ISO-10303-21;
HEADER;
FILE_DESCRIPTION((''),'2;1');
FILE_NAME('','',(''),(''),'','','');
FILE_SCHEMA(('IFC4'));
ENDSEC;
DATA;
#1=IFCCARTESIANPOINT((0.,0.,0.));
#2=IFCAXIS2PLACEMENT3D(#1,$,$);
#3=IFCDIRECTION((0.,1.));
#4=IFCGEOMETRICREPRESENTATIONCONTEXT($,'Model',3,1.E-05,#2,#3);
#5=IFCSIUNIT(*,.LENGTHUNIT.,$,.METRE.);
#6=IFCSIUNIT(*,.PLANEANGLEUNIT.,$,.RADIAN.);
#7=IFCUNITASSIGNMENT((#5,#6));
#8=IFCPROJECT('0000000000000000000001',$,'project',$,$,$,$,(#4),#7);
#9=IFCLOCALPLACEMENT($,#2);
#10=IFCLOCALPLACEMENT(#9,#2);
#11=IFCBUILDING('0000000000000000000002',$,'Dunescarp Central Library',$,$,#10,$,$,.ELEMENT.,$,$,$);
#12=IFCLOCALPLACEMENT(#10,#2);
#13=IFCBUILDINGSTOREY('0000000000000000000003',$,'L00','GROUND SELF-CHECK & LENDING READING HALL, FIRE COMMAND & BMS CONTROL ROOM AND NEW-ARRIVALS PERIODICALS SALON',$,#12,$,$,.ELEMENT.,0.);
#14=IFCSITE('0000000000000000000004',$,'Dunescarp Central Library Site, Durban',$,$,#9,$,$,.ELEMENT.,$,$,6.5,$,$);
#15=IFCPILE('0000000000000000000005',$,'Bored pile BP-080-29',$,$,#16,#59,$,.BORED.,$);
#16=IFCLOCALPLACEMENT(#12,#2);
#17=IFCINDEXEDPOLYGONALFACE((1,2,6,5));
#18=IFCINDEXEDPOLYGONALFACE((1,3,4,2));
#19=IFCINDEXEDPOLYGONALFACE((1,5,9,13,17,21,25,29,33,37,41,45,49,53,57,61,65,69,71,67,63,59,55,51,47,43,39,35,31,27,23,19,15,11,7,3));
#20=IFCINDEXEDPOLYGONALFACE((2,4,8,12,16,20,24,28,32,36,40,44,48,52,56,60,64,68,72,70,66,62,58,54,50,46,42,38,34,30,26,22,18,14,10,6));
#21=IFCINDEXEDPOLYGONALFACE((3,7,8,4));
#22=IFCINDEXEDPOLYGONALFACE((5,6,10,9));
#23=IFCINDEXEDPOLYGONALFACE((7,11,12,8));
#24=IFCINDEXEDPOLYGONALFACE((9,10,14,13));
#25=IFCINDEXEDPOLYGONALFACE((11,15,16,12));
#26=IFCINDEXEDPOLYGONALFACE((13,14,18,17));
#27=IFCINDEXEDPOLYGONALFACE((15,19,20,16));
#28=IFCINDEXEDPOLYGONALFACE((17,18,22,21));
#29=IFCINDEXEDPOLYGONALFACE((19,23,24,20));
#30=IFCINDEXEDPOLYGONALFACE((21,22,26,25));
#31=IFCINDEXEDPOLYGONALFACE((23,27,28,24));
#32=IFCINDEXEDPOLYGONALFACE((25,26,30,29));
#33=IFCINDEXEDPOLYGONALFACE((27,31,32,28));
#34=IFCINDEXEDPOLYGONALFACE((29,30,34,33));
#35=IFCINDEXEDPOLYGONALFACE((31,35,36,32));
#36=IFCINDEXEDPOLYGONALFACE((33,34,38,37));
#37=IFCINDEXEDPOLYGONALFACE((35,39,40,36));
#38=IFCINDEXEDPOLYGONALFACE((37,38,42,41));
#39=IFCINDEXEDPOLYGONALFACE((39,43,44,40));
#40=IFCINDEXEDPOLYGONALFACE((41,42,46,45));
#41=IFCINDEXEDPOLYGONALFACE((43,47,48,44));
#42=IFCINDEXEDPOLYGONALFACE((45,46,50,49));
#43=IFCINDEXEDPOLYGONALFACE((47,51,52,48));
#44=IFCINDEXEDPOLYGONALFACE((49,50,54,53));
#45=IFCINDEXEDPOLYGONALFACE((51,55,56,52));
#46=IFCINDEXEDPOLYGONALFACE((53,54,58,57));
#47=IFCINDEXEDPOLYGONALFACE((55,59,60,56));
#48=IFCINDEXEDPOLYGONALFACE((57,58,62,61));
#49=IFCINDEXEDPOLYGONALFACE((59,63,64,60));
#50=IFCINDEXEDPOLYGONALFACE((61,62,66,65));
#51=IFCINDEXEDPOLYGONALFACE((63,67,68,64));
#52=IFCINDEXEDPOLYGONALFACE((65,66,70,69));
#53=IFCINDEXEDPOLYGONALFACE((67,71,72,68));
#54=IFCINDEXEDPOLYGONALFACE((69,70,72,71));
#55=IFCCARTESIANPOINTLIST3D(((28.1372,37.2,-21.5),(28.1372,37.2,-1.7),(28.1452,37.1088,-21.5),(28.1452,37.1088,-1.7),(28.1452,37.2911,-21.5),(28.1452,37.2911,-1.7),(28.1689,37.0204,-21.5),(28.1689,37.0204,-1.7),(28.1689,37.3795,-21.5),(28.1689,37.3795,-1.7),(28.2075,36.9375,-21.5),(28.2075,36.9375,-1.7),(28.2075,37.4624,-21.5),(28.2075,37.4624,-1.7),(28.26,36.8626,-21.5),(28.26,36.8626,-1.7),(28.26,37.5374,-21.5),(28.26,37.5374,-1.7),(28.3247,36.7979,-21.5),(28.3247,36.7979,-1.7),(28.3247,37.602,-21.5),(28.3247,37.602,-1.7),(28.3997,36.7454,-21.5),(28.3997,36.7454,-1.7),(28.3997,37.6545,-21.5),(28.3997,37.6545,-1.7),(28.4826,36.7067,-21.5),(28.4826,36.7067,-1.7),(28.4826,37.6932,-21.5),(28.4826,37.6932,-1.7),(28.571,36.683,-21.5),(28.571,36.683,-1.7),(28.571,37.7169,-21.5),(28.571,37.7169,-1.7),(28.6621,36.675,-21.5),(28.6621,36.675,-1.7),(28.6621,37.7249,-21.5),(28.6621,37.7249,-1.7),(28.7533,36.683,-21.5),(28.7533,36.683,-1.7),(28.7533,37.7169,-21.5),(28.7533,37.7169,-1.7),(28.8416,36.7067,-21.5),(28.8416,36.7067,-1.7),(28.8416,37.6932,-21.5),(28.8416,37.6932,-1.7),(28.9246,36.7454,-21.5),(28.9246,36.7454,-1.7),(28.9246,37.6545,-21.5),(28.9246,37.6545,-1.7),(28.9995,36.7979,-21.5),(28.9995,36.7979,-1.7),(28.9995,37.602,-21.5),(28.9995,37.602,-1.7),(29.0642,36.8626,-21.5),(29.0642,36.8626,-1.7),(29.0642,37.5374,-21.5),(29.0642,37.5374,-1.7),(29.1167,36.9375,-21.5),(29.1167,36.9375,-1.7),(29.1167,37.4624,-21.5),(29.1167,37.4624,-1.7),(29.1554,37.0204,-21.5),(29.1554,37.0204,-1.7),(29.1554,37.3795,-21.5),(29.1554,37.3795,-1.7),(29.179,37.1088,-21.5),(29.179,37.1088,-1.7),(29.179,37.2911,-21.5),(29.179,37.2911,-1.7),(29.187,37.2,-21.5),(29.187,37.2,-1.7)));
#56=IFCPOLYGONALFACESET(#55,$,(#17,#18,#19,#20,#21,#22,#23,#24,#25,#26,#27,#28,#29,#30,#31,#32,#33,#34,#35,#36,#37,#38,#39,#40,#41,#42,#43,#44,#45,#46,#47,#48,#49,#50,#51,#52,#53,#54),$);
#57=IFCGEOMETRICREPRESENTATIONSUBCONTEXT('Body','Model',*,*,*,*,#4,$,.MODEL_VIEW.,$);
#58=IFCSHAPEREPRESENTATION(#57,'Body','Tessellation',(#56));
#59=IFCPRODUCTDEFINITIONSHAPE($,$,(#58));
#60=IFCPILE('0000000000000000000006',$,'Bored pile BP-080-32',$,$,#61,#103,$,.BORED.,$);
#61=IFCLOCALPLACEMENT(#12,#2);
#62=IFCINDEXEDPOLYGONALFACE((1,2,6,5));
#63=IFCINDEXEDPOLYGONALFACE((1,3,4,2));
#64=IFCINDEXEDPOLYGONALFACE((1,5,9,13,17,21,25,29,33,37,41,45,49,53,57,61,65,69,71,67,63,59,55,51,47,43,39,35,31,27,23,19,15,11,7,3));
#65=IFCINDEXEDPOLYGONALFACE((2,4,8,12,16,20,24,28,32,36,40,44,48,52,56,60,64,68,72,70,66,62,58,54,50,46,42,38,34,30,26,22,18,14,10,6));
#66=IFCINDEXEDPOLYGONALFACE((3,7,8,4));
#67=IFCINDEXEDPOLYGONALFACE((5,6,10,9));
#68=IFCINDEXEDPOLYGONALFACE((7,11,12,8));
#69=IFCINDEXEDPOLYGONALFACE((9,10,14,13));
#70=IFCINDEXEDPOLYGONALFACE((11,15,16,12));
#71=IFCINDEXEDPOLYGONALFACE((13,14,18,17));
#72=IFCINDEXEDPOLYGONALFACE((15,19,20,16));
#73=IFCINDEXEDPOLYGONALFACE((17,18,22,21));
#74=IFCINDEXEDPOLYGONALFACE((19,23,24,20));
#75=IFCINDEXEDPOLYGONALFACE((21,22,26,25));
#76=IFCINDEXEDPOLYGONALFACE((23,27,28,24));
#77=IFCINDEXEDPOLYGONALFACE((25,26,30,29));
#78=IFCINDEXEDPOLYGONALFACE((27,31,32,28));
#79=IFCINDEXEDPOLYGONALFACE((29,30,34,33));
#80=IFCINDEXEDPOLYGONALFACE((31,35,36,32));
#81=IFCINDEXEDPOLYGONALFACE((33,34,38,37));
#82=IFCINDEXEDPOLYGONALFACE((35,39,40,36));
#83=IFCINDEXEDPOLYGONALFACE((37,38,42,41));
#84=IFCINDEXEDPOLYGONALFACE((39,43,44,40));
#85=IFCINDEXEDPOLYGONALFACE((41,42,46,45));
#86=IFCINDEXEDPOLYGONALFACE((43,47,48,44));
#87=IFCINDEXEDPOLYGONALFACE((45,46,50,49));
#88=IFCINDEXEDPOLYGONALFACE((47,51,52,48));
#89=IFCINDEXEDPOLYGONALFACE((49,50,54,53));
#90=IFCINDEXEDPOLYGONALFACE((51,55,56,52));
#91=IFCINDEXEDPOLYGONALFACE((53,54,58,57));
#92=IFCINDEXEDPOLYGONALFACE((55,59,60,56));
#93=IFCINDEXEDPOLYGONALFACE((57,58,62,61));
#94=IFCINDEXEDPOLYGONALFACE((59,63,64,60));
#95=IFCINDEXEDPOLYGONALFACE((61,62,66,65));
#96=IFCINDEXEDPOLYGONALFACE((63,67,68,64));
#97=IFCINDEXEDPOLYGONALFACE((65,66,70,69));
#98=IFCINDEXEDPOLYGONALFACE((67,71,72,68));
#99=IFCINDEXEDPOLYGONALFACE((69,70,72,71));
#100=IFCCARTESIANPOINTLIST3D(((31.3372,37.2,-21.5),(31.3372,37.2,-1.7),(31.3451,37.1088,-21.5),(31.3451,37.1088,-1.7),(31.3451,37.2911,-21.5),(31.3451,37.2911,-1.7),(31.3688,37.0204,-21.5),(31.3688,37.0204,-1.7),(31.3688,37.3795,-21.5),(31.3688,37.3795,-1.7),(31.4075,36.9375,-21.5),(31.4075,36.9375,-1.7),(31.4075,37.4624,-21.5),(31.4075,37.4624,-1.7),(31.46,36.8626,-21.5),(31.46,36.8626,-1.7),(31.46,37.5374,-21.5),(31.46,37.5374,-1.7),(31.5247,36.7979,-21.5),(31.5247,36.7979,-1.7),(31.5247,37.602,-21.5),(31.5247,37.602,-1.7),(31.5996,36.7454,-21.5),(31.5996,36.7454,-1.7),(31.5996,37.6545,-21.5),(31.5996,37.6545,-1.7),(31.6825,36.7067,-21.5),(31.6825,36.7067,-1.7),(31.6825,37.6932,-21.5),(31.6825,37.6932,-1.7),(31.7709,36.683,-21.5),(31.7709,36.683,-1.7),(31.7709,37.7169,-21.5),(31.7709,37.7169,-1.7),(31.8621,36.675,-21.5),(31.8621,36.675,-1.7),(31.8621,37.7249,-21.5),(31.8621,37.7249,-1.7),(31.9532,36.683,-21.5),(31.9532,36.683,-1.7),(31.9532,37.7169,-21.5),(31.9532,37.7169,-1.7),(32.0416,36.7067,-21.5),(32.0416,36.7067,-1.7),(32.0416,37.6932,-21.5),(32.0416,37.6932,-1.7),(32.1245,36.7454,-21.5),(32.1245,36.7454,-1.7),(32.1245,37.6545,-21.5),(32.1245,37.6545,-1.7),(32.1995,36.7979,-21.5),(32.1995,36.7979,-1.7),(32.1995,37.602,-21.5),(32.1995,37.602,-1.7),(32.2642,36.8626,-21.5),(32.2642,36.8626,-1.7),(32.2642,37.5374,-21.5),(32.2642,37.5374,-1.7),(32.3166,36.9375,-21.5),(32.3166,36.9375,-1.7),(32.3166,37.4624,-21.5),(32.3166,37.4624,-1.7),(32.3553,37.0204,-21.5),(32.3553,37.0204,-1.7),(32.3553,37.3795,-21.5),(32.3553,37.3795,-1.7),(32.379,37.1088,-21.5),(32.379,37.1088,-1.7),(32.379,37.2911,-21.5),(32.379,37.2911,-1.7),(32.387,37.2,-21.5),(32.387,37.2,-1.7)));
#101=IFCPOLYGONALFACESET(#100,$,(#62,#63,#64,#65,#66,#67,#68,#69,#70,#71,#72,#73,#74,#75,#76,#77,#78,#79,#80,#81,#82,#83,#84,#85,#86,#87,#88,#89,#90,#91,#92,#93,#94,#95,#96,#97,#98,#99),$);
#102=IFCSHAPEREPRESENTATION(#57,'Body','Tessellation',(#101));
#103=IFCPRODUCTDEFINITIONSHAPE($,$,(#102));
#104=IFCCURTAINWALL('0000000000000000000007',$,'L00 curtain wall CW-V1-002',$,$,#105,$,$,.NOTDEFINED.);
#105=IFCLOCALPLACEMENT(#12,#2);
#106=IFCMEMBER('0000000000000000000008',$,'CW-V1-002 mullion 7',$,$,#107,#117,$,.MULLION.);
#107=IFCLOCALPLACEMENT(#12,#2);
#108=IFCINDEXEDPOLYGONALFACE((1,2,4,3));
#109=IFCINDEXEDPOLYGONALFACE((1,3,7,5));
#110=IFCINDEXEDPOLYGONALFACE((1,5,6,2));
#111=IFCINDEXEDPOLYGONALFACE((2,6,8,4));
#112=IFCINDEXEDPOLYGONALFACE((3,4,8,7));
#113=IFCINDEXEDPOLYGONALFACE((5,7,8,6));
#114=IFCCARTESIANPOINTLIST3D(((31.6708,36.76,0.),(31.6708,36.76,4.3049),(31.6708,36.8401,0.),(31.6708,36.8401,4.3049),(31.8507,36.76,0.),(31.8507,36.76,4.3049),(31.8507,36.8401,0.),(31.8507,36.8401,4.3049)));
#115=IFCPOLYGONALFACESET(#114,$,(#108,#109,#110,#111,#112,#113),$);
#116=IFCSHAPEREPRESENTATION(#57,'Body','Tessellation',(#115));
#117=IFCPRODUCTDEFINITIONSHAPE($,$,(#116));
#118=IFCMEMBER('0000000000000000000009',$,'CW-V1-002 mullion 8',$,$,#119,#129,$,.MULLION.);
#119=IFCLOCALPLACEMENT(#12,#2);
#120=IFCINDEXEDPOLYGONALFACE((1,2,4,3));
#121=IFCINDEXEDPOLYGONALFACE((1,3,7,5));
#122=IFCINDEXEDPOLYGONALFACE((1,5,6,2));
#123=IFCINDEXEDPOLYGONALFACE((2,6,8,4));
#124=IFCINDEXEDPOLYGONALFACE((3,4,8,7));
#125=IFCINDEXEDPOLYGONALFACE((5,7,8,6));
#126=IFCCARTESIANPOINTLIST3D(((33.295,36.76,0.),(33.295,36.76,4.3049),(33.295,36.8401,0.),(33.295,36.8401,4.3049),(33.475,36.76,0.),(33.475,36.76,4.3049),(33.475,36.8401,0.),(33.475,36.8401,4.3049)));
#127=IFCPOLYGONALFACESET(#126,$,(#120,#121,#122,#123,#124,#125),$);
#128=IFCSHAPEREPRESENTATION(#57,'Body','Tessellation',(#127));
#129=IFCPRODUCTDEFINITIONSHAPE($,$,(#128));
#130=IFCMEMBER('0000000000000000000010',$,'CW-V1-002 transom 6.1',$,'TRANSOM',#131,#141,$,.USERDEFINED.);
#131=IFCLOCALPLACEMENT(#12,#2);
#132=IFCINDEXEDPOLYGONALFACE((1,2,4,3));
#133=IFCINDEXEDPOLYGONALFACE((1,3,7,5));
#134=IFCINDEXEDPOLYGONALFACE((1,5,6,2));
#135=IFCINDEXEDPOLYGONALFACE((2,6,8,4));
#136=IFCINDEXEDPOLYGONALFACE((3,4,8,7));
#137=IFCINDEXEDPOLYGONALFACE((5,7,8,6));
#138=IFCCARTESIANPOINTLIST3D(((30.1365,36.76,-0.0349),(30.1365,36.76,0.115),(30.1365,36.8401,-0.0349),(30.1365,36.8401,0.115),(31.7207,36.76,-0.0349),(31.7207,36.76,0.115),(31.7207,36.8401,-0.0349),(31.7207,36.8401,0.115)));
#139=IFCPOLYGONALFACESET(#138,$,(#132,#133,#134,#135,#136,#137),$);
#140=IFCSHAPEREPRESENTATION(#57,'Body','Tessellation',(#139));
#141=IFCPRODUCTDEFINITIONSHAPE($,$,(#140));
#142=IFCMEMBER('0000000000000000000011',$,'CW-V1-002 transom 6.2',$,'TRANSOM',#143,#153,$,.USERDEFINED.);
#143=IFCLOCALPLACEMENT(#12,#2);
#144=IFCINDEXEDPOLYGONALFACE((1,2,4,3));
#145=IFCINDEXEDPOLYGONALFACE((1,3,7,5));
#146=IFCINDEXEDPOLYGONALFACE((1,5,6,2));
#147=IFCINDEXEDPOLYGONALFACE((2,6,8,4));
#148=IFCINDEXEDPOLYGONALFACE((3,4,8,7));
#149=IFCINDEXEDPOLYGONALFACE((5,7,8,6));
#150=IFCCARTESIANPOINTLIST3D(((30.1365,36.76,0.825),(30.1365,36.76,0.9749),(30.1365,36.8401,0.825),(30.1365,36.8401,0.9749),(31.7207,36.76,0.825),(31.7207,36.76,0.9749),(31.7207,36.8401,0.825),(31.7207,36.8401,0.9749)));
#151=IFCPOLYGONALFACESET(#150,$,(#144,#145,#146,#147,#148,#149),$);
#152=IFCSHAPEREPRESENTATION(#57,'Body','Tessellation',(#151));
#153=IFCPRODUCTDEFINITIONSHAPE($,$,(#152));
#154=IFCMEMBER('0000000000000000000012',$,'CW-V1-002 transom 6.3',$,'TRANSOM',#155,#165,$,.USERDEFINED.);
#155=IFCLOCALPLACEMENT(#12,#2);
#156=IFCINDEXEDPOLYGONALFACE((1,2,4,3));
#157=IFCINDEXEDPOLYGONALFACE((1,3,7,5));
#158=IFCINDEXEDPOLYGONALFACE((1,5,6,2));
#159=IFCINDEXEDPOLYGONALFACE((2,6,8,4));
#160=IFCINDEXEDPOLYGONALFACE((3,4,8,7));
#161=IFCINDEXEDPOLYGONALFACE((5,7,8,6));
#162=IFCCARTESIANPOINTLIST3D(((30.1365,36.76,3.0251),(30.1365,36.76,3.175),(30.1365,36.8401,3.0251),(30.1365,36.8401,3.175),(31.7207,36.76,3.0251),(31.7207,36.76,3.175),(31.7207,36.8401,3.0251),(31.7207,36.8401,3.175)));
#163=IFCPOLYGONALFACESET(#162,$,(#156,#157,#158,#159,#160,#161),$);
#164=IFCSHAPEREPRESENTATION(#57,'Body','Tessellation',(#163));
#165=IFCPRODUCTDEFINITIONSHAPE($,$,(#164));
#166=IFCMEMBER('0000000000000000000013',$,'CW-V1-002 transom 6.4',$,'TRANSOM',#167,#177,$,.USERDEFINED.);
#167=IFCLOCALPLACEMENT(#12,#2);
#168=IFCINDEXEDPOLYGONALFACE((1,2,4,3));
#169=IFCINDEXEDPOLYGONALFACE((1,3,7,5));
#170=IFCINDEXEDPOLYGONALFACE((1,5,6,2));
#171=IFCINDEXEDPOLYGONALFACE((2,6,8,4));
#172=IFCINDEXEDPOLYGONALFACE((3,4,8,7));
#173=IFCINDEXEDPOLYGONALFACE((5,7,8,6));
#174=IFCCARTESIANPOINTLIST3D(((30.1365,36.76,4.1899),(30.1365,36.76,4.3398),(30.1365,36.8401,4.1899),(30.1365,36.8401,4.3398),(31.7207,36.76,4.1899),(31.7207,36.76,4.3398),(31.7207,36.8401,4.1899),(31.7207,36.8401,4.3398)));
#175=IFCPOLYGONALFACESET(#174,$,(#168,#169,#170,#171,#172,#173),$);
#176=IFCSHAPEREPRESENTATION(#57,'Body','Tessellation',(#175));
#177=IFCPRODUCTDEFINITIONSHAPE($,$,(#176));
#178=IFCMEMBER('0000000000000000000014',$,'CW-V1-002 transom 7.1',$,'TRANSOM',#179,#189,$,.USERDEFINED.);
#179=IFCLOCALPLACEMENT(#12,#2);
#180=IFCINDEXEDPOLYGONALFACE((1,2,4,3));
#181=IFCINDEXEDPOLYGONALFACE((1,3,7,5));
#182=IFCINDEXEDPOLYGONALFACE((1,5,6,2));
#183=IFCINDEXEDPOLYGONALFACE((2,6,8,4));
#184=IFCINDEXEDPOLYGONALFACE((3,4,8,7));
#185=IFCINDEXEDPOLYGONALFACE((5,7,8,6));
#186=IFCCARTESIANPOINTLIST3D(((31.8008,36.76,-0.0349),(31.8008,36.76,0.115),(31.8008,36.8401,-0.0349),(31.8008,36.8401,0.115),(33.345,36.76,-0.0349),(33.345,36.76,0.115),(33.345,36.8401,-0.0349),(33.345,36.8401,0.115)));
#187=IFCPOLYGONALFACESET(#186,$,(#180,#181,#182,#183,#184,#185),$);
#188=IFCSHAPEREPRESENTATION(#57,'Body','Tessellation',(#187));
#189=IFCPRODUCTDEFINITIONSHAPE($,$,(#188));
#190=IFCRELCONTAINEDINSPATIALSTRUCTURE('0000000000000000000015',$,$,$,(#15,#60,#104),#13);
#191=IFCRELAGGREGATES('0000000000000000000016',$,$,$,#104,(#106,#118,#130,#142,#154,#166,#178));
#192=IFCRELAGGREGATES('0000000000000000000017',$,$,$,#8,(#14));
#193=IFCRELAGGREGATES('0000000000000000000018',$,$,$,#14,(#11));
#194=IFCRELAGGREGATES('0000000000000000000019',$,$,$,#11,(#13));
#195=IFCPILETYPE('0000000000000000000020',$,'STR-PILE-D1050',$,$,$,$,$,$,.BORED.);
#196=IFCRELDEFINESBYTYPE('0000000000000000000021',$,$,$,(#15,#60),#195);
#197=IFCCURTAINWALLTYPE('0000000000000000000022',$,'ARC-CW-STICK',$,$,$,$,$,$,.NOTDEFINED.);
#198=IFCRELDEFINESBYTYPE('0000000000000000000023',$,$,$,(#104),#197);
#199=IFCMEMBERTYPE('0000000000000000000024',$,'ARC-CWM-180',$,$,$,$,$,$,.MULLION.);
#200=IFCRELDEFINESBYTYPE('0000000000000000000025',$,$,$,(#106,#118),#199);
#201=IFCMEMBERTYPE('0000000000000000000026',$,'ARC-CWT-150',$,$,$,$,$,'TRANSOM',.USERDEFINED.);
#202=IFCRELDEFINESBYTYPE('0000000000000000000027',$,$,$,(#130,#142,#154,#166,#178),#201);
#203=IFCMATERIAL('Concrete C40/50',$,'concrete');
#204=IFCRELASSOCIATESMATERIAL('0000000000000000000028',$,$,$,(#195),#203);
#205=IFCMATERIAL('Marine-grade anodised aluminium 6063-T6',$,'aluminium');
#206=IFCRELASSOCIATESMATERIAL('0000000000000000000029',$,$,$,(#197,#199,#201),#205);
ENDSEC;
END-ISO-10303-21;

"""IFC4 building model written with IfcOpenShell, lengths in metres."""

from ifc_helpers import new_model, si_unit, direction, frame, origin, origin_2d, place, context, subcontext, project, spatial, rectangle, circle, extrude, material, material_profile, profile_set, type_object, element, aggregate, save


model = new_model("IFC4")

# Units and contexts
model_context = context("Model", 3, precision=1e-05, world=origin(), true_north=direction((0.0, 1.0)))
body_context = subcontext(model_context, "Body", "Model", "MODEL_VIEW")
ifc_project = project(units=[si_unit("LENGTHUNIT", "METRE"), si_unit("PLANEANGLEUNIT", "RADIAN")], contexts=[model_context])

# Site, building, storey
site_placement = place(None, origin())
site = spatial("IfcSite", under=ifc_project, at=site_placement, Name="Dunescarp Central Library Site, Durban", CompositionType="ELEMENT", RefElevation=6.5)
building_placement = place(site_placement, origin())
building = spatial("IfcBuilding", under=site, at=building_placement, Name="Dunescarp Central Library", CompositionType="ELEMENT")
storey_placement = place(building_placement, origin())
storey = spatial("IfcBuildingStorey", under=building, at=storey_placement, Name="L00", Description="GROUND SELF-CHECK & LENDING READING HALL, FIRE COMMAND & BMS CONTROL ROOM AND NEW-ARRIVALS PERIODICALS SALON", CompositionType="ELEMENT", Elevation=0.0)

# Piles
ifc_material_1 = material(Name="Concrete C40/50", Category="concrete")
ifc_material_profile_1 = material_profile(ifc_material_1, circle(Radius=0.5249, at=origin_2d()), Name="PILE D1050")
ifc_profile_set_1 = profile_set([ifc_material_profile_1], Name="Concrete C40/50")
pile_type = type_object("IfcPileType", Name="STR-PILE-D1050", PredefinedType="BORED", material=ifc_profile_set_1)
for number, where, z_axis, x_axis, name in (
    (1, (28.6621, 37.2, -1.7), (0.0, 0.0, -1.0), (1.0, 0.0, 0.0), "Bored pile BP-080-29"),
    (2, (31.8621, 37.2, -1.7), (0.0, 0.0, -1.0), (1.0, 0.0, 0.0), "Bored pile BP-080-32"),
):
    element("IfcPile", number, at=place(storey_placement, frame(where, z_axis=z_axis, x_axis=x_axis)), inside=storey, type_object=pile_type, Name=name, PredefinedType="BORED", context=body_context, shape_type="SweptSolid", body=[
        extrude(circle(Radius=0.5249, at=origin_2d()), origin(), (0.0, 0.0, 1.0), 19.8),
    ])

# Curtain wall, members
ifc_material_2 = material(Name="Marine-grade anodised aluminium 6063-T6", Category="aluminium")
curtain_wall_type = type_object("IfcCurtainWallType", Name="ARC-CW-STICK", PredefinedType="NOTDEFINED", material=ifc_material_2)
curtain_wall_placement = place(storey_placement, origin())
curtain_wall = element("IfcCurtainWall", 3, at=curtain_wall_placement, inside=storey, type_object=curtain_wall_type, Name="L00 curtain wall CW-V1-002", PredefinedType="NOTDEFINED")
ifc_material_profile_2 = material_profile(ifc_material_2, rectangle(XDim=0.0801, YDim=0.1799, at=origin_2d()), Name="AL 80x180")
ifc_profile_set_2 = profile_set([ifc_material_profile_2], Name="Marine-grade anodised aluminium 6063-T6")
member_type_1 = type_object("IfcMemberType", Name="ARC-CWM-180", PredefinedType="MULLION", material=ifc_profile_set_2)
member_1_placement = place(storey_placement, frame((31.7607, 36.8, 0.0), z_axis=(0.0, 0.0, 1.0), x_axis=(0.0, 1.0, 0.0)))
member_1 = element("IfcMember", 4, at=member_1_placement, type_object=member_type_1, Name="CW-V1-002 mullion 7", PredefinedType="MULLION", context=body_context, shape_type="SweptSolid", body=[
    extrude(rectangle(XDim=0.0801, YDim=0.1799, at=origin_2d()), origin(), (0.0, 0.0, 1.0), 4.3049),
])
member_2_placement = place(storey_placement, frame((33.385, 36.8, 0.0), z_axis=(0.0, 0.0, 1.0), x_axis=(0.0, 1.0, 0.0)))
member_2 = element("IfcMember", 5, at=member_2_placement, type_object=member_type_1, Name="CW-V1-002 mullion 8", PredefinedType="MULLION", context=body_context, shape_type="SweptSolid", body=[
    extrude(rectangle(XDim=0.0801, YDim=0.1799, at=origin_2d()), origin(), (0.0, 0.0, 1.0), 4.3049),
])
ifc_material_profile_3 = material_profile(ifc_material_2, rectangle(XDim=0.0801, YDim=0.1499, at=origin_2d()), Name="AL 80x150")
ifc_profile_set_3 = profile_set([ifc_material_profile_3], Name="Marine-grade anodised aluminium 6063-T6")
member_type_2 = type_object("IfcMemberType", Name="ARC-CWT-150", ElementType="TRANSOM", PredefinedType="USERDEFINED", material=ifc_profile_set_3)
member_3_placement = place(storey_placement, frame((30.1365, 36.8, 0.04), z_axis=(1.0, 0.0, 0.0), x_axis=(0.0, 1.0, 0.0)))
member_3 = element("IfcMember", 6, at=member_3_placement, type_object=member_type_2, Name="CW-V1-002 transom 6.1", ObjectType="TRANSOM", PredefinedType="USERDEFINED", context=body_context, shape_type="SweptSolid", body=[
    extrude(rectangle(XDim=0.0801, YDim=0.1499, at=origin_2d()), origin(), (0.0, 0.0, 1.0), 1.5842),
])
member_4_placement = place(storey_placement, frame((30.1365, 36.8, 0.8999), z_axis=(1.0, 0.0, 0.0), x_axis=(0.0, 1.0, 0.0)))
member_4 = element("IfcMember", 7, at=member_4_placement, type_object=member_type_2, Name="CW-V1-002 transom 6.2", ObjectType="TRANSOM", PredefinedType="USERDEFINED", context=body_context, shape_type="SweptSolid", body=[
    extrude(rectangle(XDim=0.0801, YDim=0.1499, at=origin_2d()), origin(), (0.0, 0.0, 1.0), 1.5842),
])
member_5_placement = place(storey_placement, frame((30.1365, 36.8, 3.1001), z_axis=(1.0, 0.0, 0.0), x_axis=(0.0, 1.0, 0.0)))
member_5 = element("IfcMember", 8, at=member_5_placement, type_object=member_type_2, Name="CW-V1-002 transom 6.3", ObjectType="TRANSOM", PredefinedType="USERDEFINED", context=body_context, shape_type="SweptSolid", body=[
    extrude(rectangle(XDim=0.0801, YDim=0.1499, at=origin_2d()), origin(), (0.0, 0.0, 1.0), 1.5842),
])
member_6_placement = place(storey_placement, frame((30.1365, 36.8, 4.2649), z_axis=(1.0, 0.0, 0.0), x_axis=(0.0, 1.0, 0.0)))
member_6 = element("IfcMember", 9, at=member_6_placement, type_object=member_type_2, Name="CW-V1-002 transom 6.4", ObjectType="TRANSOM", PredefinedType="USERDEFINED", context=body_context, shape_type="SweptSolid", body=[
    extrude(rectangle(XDim=0.0801, YDim=0.1499, at=origin_2d()), origin(), (0.0, 0.0, 1.0), 1.5842),
])
member_7_placement = place(storey_placement, frame((31.8008, 36.8, 0.04), z_axis=(1.0, 0.0, 0.0), x_axis=(0.0, 1.0, 0.0)))
member_7 = element("IfcMember", 10, at=member_7_placement, type_object=member_type_2, Name="CW-V1-002 transom 7.1", ObjectType="TRANSOM", PredefinedType="USERDEFINED", context=body_context, shape_type="SweptSolid", body=[
    extrude(rectangle(XDim=0.0801, YDim=0.1499, at=origin_2d()), origin(), (0.0, 0.0, 1.0), 1.5442),
])
aggregate(curtain_wall, [member_1, member_2, member_3, member_4, member_5, member_6, member_7])

save(model, "model.ifc")
